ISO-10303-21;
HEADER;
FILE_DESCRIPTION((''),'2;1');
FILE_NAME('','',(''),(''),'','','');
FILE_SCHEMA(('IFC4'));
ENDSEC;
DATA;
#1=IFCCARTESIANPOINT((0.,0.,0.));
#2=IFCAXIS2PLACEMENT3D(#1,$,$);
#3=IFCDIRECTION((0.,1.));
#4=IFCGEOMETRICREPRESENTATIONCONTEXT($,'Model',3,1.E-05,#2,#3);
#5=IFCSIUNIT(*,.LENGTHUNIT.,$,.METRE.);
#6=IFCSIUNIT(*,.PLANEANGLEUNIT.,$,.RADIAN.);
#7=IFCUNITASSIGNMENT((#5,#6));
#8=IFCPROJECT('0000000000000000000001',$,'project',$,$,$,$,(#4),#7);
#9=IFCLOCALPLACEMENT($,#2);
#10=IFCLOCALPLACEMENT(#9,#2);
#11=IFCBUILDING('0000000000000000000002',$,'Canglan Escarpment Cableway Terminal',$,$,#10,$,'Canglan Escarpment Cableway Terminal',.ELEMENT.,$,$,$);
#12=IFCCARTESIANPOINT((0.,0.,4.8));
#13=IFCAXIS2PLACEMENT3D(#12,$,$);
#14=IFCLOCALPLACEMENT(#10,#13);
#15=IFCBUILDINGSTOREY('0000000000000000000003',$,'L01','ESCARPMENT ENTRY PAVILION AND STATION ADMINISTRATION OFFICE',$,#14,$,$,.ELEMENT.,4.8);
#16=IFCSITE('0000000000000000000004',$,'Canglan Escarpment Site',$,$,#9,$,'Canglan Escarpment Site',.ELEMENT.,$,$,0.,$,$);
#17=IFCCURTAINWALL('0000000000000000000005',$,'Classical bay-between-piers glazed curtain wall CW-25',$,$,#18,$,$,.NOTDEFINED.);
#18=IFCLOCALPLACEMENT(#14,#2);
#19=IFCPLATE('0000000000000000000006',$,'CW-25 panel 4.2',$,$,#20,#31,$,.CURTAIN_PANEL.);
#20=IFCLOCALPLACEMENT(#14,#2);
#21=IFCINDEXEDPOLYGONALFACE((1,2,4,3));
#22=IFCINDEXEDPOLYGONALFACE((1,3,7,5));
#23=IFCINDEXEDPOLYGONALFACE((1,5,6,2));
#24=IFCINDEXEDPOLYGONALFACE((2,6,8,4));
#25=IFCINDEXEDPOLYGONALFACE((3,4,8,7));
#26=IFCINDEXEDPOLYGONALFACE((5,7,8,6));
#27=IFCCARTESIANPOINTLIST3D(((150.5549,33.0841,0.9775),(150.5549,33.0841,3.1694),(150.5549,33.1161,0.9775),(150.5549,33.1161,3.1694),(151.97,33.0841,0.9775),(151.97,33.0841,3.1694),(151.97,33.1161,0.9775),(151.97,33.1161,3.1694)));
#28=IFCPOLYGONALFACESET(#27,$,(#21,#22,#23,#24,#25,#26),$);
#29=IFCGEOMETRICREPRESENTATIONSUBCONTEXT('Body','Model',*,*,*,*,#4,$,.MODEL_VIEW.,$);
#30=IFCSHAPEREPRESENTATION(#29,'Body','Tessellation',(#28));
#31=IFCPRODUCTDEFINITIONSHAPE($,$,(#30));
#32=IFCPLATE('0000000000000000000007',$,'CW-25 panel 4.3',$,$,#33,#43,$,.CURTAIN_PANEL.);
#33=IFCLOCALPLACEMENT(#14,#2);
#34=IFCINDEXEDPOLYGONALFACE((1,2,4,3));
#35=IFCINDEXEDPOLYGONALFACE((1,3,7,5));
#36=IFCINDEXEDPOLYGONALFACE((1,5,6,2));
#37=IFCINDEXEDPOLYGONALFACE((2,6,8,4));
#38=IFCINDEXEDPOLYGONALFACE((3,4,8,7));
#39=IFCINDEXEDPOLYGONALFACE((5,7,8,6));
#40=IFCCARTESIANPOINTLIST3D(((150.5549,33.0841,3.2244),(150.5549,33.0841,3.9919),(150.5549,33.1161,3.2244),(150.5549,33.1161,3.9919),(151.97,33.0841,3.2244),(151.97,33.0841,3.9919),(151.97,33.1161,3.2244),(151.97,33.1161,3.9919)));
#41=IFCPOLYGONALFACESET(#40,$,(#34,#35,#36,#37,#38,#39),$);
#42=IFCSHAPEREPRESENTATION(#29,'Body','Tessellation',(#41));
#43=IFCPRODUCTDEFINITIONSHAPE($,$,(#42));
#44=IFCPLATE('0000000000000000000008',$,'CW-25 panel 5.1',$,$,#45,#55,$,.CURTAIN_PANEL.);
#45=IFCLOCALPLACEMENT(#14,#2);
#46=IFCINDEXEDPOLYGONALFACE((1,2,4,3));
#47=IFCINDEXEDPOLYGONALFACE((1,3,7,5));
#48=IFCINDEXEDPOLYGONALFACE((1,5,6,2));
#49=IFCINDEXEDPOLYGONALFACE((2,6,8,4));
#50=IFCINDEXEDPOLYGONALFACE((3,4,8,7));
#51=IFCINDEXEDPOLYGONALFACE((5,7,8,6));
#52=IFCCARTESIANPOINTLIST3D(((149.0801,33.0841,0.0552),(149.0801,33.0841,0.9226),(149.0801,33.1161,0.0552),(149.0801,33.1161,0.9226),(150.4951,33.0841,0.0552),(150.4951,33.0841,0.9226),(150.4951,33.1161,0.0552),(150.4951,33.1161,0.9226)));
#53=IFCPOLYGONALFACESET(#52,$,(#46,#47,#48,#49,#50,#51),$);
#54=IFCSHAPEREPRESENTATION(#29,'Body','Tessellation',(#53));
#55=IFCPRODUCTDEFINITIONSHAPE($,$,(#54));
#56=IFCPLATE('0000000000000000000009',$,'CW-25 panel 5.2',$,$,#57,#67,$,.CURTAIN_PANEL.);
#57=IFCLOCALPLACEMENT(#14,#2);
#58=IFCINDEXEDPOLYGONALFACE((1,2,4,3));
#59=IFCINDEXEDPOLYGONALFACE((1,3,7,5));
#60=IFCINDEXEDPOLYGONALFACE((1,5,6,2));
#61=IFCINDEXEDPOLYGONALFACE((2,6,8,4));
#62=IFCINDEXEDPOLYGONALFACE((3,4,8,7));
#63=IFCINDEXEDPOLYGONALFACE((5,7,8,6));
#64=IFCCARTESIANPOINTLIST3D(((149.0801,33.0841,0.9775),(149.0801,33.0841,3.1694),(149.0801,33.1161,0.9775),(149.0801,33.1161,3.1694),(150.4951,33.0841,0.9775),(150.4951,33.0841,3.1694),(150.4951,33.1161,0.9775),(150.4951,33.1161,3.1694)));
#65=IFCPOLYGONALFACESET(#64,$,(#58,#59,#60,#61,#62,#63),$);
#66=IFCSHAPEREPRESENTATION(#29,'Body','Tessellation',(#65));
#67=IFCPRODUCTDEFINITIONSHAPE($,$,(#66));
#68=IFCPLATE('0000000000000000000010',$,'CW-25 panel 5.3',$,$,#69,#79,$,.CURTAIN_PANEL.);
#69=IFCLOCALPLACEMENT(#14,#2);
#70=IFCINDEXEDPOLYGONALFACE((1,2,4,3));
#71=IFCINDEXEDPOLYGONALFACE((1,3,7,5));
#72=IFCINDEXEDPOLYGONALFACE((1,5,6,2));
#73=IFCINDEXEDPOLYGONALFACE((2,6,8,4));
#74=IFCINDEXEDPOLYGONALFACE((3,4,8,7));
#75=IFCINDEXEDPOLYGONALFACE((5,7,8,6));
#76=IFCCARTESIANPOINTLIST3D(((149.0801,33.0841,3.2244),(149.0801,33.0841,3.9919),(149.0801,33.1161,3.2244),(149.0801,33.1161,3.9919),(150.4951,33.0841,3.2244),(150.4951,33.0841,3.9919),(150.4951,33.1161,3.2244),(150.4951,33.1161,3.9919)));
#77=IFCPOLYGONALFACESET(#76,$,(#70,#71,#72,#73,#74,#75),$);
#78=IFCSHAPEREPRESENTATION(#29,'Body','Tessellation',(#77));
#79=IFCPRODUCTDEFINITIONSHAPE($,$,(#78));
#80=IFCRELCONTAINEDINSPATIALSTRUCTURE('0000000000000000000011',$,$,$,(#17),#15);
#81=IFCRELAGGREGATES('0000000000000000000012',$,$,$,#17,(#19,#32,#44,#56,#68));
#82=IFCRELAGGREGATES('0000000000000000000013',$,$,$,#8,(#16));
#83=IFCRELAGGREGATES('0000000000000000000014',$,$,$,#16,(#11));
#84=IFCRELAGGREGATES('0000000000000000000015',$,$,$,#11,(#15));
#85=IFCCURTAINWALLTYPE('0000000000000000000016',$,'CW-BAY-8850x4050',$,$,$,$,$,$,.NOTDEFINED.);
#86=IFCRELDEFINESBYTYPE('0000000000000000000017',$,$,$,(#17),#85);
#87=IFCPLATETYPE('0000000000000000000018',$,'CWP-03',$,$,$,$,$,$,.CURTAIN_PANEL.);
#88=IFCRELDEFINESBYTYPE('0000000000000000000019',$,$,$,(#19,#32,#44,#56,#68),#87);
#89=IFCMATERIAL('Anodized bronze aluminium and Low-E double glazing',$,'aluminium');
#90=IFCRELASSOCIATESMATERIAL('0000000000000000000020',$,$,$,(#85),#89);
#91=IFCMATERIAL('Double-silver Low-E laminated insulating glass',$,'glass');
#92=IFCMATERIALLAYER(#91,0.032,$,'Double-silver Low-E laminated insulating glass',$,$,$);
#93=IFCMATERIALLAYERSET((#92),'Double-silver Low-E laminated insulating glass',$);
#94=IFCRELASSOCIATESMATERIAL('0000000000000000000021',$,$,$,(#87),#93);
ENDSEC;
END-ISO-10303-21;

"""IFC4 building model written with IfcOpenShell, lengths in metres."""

from ifc_helpers import new_model, si_unit, direction, frame, origin, origin_2d, place, context, subcontext, project, spatial, rectangle, extrude, material, layer, layer_set, type_object, element, aggregate, save


model = new_model("IFC4")

# Units and contexts
model_context = context("Model", 3, precision=1e-05, world=origin(), true_north=direction((0.0, 1.0)))
body_context = subcontext(model_context, "Body", "Model", "MODEL_VIEW")
ifc_project = project(units=[si_unit("LENGTHUNIT", "METRE"), si_unit("PLANEANGLEUNIT", "RADIAN")], contexts=[model_context])

# Site, building, storey
site_placement = place(None, origin())
site = spatial("IfcSite", under=ifc_project, at=site_placement, Name="Canglan Escarpment Site", LongName="Canglan Escarpment Site", CompositionType="ELEMENT", RefElevation=0.0)
building_placement = place(site_placement, origin())
building = spatial("IfcBuilding", under=site, at=building_placement, Name="Canglan Escarpment Cableway Terminal", LongName="Canglan Escarpment Cableway Terminal", CompositionType="ELEMENT")
storey_placement = place(building_placement, frame((0.0, 0.0, 4.8)))
storey = spatial("IfcBuildingStorey", under=building, at=storey_placement, Name="L01", Description="ESCARPMENT ENTRY PAVILION AND STATION ADMINISTRATION OFFICE", CompositionType="ELEMENT", Elevation=4.8)

# Curtain wall, plates
ifc_material_1 = material(Name="Anodized bronze aluminium and Low-E double glazing", Category="aluminium")
curtain_wall_type = type_object("IfcCurtainWallType", Name="CW-BAY-8850x4050", PredefinedType="NOTDEFINED", material=ifc_material_1)
curtain_wall_placement = place(storey_placement, origin())
curtain_wall = element("IfcCurtainWall", 1, at=curtain_wall_placement, inside=storey, type_object=curtain_wall_type, Name="Classical bay-between-piers glazed curtain wall CW-25", PredefinedType="NOTDEFINED")
ifc_material_2 = material(Name="Double-silver Low-E laminated insulating glass", Category="glass")
ifc_layer = layer(ifc_material_2, 0.032, Name="Double-silver Low-E laminated insulating glass")
ifc_layer_set = layer_set([ifc_layer], Name="Double-silver Low-E laminated insulating glass")
plate_type = type_object("IfcPlateType", Name="CWP-03", PredefinedType="CURTAIN_PANEL", material=ifc_layer_set)
plate_1_placement = place(storey_placement, frame((151.2625, 33.1001, 0.9775), z_axis=(0.0, 0.0, 1.0), x_axis=(-1.0, 0.0, 0.0)))
plate_1 = element("IfcPlate", 2, at=plate_1_placement, type_object=plate_type, Name="CW-25 panel 4.2", PredefinedType="CURTAIN_PANEL", context=body_context, shape_type="SweptSolid", body=[
    extrude(rectangle(XDim=1.415, YDim=0.032, at=origin_2d()), origin(), (0.0, 0.0, 1.0), 2.1919),
])
plate_2_placement = place(storey_placement, frame((151.2625, 33.1001, 3.2244), z_axis=(0.0, 0.0, 1.0), x_axis=(-1.0, 0.0, 0.0)))
plate_2 = element("IfcPlate", 3, at=plate_2_placement, type_object=plate_type, Name="CW-25 panel 4.3", PredefinedType="CURTAIN_PANEL", context=body_context, shape_type="SweptSolid", body=[
    extrude(rectangle(XDim=1.415, YDim=0.032, at=origin_2d()), origin(), (0.0, 0.0, 1.0), 0.7676),
])
plate_3_placement = place(storey_placement, frame((149.7876, 33.1001, 0.0552), z_axis=(0.0, 0.0, 1.0), x_axis=(-1.0, 0.0, 0.0)))
plate_3 = element("IfcPlate", 4, at=plate_3_placement, type_object=plate_type, Name="CW-25 panel 5.1", PredefinedType="CURTAIN_PANEL", context=body_context, shape_type="SweptSolid", body=[
    extrude(rectangle(XDim=1.415, YDim=0.032, at=origin_2d()), origin(), (0.0, 0.0, 1.0), 0.8674),
])
plate_4_placement = place(storey_placement, frame((149.7876, 33.1001, 0.9775), z_axis=(0.0, 0.0, 1.0), x_axis=(-1.0, 0.0, 0.0)))
plate_4 = element("IfcPlate", 5, at=plate_4_placement, type_object=plate_type, Name="CW-25 panel 5.2", PredefinedType="CURTAIN_PANEL", context=body_context, shape_type="SweptSolid", body=[
    extrude(rectangle(XDim=1.415, YDim=0.032, at=origin_2d()), origin(), (0.0, 0.0, 1.0), 2.1919),
])
plate_5_placement = place(storey_placement, frame((149.7876, 33.1001, 3.2244), z_axis=(0.0, 0.0, 1.0), x_axis=(-1.0, 0.0, 0.0)))
plate_5 = element("IfcPlate", 6, at=plate_5_placement, type_object=plate_type, Name="CW-25 panel 5.3", PredefinedType="CURTAIN_PANEL", context=body_context, shape_type="SweptSolid", body=[
    extrude(rectangle(XDim=1.415, YDim=0.032, at=origin_2d()), origin(), (0.0, 0.0, 1.0), 0.7676),
])
aggregate(curtain_wall, [plate_1, plate_2, plate_3, plate_4, plate_5])

save(model, "model.ifc")
